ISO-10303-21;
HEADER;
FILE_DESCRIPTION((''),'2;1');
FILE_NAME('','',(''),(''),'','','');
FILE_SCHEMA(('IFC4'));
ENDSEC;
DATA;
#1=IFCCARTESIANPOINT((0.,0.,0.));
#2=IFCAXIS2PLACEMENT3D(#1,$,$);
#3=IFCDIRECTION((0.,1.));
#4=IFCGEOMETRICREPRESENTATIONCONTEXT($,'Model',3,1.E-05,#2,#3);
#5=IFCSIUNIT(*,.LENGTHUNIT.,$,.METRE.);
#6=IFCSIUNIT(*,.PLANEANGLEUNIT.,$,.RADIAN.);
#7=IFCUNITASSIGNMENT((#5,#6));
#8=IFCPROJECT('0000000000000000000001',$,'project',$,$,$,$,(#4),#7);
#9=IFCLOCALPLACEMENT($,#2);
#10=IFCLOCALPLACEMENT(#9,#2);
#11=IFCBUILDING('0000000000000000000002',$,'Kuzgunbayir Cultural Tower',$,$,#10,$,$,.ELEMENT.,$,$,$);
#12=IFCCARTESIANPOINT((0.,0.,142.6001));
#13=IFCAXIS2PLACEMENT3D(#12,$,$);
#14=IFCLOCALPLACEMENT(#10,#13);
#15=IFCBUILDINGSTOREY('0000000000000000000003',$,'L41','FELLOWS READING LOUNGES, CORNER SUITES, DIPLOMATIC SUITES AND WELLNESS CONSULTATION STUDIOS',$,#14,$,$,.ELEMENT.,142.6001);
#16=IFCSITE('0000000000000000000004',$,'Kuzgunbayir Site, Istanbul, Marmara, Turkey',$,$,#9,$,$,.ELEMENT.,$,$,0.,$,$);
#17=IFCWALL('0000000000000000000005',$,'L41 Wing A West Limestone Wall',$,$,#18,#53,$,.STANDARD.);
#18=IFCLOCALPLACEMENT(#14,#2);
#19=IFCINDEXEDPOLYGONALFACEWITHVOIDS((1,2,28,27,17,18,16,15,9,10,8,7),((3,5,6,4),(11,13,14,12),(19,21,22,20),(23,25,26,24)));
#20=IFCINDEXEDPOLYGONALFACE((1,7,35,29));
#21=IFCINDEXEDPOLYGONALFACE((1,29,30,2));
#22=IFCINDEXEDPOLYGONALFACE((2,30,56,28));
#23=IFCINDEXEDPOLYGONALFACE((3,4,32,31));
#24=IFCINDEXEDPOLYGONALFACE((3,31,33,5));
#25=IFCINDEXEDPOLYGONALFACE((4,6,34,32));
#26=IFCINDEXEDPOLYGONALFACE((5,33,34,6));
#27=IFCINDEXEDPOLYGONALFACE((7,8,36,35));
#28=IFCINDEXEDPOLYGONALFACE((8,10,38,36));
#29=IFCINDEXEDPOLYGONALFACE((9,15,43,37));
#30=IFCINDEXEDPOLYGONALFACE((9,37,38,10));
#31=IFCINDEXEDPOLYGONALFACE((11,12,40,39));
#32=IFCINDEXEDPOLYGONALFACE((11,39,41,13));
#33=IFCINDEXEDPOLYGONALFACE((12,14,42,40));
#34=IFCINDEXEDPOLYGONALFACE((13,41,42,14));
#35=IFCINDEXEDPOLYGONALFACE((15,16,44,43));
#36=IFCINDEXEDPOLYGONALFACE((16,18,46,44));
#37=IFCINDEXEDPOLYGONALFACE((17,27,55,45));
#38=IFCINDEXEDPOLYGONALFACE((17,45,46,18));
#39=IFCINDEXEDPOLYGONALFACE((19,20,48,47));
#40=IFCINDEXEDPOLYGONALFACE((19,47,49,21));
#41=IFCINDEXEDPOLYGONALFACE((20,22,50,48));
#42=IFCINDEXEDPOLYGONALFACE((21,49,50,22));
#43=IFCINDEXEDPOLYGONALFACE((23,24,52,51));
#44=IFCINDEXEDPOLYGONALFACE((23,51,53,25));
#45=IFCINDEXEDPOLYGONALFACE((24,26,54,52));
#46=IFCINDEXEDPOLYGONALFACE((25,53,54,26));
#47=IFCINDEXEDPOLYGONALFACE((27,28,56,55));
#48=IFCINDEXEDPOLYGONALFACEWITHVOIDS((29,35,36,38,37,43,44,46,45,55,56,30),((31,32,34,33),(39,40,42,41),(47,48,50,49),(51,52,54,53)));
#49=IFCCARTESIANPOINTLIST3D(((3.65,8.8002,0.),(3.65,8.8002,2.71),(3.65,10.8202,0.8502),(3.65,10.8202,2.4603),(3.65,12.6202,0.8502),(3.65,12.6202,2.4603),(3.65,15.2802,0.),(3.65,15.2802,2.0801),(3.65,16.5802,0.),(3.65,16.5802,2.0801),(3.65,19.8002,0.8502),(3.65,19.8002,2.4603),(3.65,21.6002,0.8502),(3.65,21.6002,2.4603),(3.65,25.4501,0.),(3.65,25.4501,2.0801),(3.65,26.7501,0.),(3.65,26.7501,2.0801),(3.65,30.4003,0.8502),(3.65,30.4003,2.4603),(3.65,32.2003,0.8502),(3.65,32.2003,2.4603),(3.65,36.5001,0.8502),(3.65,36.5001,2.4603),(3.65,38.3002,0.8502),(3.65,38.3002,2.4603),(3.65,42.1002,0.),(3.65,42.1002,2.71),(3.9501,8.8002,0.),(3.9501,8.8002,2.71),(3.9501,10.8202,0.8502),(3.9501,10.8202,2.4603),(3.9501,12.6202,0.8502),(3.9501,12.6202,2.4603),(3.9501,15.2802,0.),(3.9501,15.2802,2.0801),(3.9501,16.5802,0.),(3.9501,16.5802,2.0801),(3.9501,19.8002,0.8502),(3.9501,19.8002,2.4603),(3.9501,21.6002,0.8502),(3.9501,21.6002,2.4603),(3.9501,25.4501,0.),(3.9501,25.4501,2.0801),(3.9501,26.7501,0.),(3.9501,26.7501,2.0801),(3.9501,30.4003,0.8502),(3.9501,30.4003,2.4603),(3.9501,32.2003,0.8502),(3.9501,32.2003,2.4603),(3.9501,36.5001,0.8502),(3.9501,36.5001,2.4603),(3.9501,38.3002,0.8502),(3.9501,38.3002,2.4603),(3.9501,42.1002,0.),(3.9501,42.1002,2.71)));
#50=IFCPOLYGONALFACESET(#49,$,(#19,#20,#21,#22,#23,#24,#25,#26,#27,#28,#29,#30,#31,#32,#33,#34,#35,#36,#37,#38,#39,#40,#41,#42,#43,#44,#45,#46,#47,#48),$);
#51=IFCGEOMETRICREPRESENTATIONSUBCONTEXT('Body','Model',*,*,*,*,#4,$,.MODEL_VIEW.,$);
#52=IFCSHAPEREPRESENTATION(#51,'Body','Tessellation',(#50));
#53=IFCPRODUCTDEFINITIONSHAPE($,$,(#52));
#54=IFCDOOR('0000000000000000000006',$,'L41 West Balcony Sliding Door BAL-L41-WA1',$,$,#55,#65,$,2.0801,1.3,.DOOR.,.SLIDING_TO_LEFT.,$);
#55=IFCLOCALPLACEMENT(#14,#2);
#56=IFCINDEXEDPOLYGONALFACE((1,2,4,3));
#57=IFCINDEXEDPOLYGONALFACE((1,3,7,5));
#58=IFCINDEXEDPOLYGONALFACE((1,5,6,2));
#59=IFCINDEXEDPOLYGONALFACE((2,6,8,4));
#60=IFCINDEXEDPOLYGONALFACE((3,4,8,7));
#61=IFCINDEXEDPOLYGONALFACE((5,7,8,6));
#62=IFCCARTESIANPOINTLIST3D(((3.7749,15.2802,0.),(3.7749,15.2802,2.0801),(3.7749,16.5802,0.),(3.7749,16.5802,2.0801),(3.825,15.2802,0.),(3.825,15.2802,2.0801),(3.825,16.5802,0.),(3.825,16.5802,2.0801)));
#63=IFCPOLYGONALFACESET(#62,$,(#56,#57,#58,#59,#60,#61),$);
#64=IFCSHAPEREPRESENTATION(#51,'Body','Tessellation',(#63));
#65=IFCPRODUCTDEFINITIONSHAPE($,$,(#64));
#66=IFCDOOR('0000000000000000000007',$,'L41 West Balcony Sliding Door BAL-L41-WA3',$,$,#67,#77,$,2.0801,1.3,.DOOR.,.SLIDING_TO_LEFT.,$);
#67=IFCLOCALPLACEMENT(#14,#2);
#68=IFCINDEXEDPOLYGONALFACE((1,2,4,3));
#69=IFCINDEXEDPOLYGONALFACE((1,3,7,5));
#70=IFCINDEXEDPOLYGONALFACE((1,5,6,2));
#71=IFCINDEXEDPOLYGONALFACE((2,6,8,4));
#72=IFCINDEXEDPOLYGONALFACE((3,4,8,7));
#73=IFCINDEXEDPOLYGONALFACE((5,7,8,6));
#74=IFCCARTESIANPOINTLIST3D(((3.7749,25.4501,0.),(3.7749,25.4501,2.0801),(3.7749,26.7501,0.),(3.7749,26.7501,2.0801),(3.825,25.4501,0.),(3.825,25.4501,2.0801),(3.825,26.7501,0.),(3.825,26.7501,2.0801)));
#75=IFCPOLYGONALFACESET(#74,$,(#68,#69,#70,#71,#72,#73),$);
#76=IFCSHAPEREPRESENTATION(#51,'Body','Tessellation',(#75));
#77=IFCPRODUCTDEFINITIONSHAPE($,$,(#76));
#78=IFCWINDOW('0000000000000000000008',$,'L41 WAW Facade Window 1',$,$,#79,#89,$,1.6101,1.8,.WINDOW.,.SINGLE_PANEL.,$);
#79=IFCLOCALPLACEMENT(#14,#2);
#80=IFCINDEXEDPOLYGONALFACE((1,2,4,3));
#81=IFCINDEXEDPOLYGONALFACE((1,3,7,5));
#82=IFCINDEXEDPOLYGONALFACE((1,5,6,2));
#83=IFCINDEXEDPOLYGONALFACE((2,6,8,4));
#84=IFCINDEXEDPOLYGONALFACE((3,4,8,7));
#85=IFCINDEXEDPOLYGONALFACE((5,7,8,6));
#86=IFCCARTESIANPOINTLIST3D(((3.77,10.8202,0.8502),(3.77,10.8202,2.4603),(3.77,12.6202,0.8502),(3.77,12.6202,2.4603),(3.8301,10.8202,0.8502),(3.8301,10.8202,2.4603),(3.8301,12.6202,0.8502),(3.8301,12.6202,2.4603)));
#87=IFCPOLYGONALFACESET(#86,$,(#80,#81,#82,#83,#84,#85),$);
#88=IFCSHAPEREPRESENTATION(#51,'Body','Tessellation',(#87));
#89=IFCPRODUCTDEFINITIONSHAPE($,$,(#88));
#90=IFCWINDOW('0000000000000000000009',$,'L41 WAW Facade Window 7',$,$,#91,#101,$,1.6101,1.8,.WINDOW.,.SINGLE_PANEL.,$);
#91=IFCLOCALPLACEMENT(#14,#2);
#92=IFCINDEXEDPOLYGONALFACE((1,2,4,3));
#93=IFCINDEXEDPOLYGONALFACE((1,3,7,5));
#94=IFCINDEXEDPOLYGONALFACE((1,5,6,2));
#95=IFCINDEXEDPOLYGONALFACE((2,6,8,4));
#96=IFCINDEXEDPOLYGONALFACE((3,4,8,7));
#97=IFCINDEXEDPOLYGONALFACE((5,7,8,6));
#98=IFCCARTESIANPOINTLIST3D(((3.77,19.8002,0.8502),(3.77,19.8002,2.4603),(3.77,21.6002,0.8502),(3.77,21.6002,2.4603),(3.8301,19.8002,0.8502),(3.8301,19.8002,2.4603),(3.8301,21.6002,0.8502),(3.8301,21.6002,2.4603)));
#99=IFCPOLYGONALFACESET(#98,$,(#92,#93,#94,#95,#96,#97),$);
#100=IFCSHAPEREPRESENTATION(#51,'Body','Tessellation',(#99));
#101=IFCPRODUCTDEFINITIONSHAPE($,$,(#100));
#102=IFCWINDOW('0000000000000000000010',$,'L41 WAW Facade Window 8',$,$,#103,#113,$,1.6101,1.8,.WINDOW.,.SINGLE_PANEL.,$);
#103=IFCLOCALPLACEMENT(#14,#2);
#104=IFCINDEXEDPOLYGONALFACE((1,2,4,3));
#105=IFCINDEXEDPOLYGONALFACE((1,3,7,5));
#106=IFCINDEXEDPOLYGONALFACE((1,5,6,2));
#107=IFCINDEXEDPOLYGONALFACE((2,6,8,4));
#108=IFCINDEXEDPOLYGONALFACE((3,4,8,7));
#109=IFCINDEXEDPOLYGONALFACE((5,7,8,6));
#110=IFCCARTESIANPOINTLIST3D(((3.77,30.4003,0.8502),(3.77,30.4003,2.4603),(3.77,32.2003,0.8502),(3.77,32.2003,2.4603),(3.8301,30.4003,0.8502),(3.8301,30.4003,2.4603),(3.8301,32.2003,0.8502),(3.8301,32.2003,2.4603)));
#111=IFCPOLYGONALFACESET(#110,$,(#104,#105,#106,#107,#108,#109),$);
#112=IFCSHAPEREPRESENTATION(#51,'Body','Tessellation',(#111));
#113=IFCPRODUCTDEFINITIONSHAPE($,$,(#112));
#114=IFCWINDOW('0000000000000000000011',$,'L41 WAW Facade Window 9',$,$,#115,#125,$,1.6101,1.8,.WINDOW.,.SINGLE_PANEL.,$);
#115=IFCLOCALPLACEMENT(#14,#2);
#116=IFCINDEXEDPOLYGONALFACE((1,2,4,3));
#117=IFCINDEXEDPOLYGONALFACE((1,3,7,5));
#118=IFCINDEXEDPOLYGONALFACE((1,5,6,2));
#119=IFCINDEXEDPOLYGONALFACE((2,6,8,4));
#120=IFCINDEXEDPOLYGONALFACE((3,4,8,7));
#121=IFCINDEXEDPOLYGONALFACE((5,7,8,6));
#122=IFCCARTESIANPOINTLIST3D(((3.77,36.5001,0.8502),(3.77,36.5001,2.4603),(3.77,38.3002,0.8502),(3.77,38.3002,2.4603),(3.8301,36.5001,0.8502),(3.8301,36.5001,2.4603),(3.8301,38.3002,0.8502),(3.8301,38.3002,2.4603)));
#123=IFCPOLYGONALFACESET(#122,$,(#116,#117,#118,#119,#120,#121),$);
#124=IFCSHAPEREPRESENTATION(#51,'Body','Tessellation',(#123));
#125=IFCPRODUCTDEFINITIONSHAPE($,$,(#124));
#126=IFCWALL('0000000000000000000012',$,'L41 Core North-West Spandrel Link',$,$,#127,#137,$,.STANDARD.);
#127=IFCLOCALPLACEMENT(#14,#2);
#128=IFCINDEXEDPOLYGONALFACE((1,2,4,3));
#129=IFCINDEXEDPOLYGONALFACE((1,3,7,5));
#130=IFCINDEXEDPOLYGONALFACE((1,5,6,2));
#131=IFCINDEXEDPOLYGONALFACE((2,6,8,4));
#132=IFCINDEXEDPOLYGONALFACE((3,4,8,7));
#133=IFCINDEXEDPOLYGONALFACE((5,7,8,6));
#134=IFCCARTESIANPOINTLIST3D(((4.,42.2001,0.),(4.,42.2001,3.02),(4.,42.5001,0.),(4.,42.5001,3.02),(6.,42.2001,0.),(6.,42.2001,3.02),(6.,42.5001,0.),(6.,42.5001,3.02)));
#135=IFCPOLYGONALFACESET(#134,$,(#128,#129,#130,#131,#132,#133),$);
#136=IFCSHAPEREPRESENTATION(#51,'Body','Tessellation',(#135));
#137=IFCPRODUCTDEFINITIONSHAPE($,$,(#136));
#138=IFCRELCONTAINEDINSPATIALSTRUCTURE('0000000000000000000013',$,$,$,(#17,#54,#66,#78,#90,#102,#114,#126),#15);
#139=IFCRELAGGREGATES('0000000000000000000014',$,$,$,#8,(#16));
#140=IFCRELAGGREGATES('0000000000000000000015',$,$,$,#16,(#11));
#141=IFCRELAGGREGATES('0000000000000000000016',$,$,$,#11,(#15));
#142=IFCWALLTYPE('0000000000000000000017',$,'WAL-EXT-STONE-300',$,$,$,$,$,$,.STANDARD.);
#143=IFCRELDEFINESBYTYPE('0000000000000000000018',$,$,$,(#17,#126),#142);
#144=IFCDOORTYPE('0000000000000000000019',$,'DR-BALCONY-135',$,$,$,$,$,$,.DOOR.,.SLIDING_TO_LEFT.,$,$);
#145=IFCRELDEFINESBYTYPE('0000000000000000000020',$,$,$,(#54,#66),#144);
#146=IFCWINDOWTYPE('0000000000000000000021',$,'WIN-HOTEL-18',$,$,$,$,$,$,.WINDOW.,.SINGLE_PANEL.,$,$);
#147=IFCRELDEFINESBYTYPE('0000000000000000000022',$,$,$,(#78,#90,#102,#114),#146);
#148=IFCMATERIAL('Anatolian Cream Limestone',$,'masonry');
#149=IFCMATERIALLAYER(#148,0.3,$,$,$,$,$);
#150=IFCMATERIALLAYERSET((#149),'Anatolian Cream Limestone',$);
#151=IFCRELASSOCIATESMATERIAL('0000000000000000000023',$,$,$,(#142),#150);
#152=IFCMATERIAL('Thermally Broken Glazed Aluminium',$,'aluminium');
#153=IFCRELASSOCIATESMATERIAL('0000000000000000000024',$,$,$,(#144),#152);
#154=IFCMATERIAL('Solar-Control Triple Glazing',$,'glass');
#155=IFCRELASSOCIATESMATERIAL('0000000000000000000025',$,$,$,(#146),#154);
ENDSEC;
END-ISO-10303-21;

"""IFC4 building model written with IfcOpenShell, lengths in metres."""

from ifc_helpers import new_model, si_unit, direction, frame, frame_2d, origin, place, context, subcontext, project, spatial, rectangle, extrude, material, layer, layer_set, type_object, element, fill, save


model = new_model("IFC4")

# Units and contexts
model_context = context("Model", 3, precision=1e-05, world=origin(), true_north=direction((0.0, 1.0)))
body_context = subcontext(model_context, "Body", "Model", "MODEL_VIEW")
ifc_project = project(units=[si_unit("LENGTHUNIT", "METRE"), si_unit("PLANEANGLEUNIT", "RADIAN")], contexts=[model_context])

# Site, building, storey
site_placement = place(None, origin())
site = spatial("IfcSite", under=ifc_project, at=site_placement, Name="Kuzgunbayir Site, Istanbul, Marmara, Turkey", CompositionType="ELEMENT", RefElevation=0.0)
building_placement = place(site_placement, origin())
building = spatial("IfcBuilding", under=site, at=building_placement, Name="Kuzgunbayir Cultural Tower", CompositionType="ELEMENT")
storey_placement = place(building_placement, frame((0.0, 0.0, 142.6001)))
storey = spatial("IfcBuildingStorey", under=building, at=storey_placement, Name="L41", Description="FELLOWS READING LOUNGES, CORNER SUITES, DIPLOMATIC SUITES AND WELLNESS CONSULTATION STUDIOS", CompositionType="ELEMENT", Elevation=142.6001)

# Wall, openings, doors, windows
ifc_material_1 = material(Name="Anatolian Cream Limestone", Category="masonry")
ifc_layer_1 = layer(ifc_material_1, 0.3)
ifc_layer_set_1 = layer_set([ifc_layer_1], Name="Anatolian Cream Limestone")
wall_type_1 = type_object("IfcWallType", Name="WAL-EXT-STONE-300", PredefinedType="STANDARD", material=ifc_layer_set_1)
wall_1_placement = place(storey_placement, frame((3.8, 42.1001, 0.0), z_axis=(0.0, 0.0, 1.0), x_axis=(0.0, -1.0, 0.0)))
wall_1 = element("IfcWall", 1, at=wall_1_placement, inside=storey, type_object=wall_type_1, Name="L41 Wing A West Limestone Wall", PredefinedType="STANDARD", context=body_context, shape_type="SweptSolid", body=[
    extrude(rectangle(XDim=33.3, YDim=0.3, at=frame_2d((16.6499, 0.0))), origin(), (0.0, 0.0, 1.0), 2.71),
])
opening_1_placement = place(wall_1_placement, frame((25.52, 0.0, 0.0)))
opening_1 = element("IfcOpeningElement", 2, at=opening_1_placement, cuts=wall_1, PredefinedType="OPENING", context=body_context, shape_type="SweptSolid", body=[
    extrude(rectangle(XDim=1.3, YDim=2.0801, at=frame_2d((0.6499, 1.04))), frame((0.0, 0.1602, 0.0), z_axis=(0.0, -1.0, 0.0), x_axis=(1.0, 0.0, 0.0)), (0.0, 0.0, 1.0), 0.3201),
])
opening_2_placement = place(wall_1_placement, frame((15.3501, 0.0, 0.0)))
opening_2 = element("IfcOpeningElement", 3, at=opening_2_placement, cuts=wall_1, PredefinedType="OPENING", context=body_context, shape_type="SweptSolid", body=[
    extrude(rectangle(XDim=1.3, YDim=2.0801, at=frame_2d((0.6499, 1.04))), frame((0.0, 0.1602, 0.0), z_axis=(0.0, -1.0, 0.0), x_axis=(1.0, 0.0, 0.0)), (0.0, 0.0, 1.0), 0.3201),
])
opening_3_placement = place(wall_1_placement, frame((29.48, 0.0, 0.8501)))
opening_3 = element("IfcOpeningElement", 4, at=opening_3_placement, cuts=wall_1, PredefinedType="OPENING", context=body_context, shape_type="SweptSolid", body=[
    extrude(rectangle(XDim=1.8, YDim=1.6101, at=frame_2d((0.8999, 0.8052))), frame((0.0, 0.1602, 0.0), z_axis=(0.0, -1.0, 0.0), x_axis=(1.0, 0.0, 0.0)), (0.0, 0.0, 1.0), 0.3201),
])
opening_4_placement = place(wall_1_placement, frame((20.5, 0.0, 0.8501)))
opening_4 = element("IfcOpeningElement", 5, at=opening_4_placement, cuts=wall_1, PredefinedType="OPENING", context=body_context, shape_type="SweptSolid", body=[
    extrude(rectangle(XDim=1.8, YDim=1.6101, at=frame_2d((0.8999, 0.8052))), frame((0.0, 0.1602, 0.0), z_axis=(0.0, -1.0, 0.0), x_axis=(1.0, 0.0, 0.0)), (0.0, 0.0, 1.0), 0.3201),
])
opening_5_placement = place(wall_1_placement, frame((9.8999, 0.0, 0.8501)))
opening_5 = element("IfcOpeningElement", 6, at=opening_5_placement, cuts=wall_1, PredefinedType="OPENING", context=body_context, shape_type="SweptSolid", body=[
    extrude(rectangle(XDim=1.8, YDim=1.6101, at=frame_2d((0.8999, 0.8052))), frame((0.0, 0.1602, 0.0), z_axis=(0.0, -1.0, 0.0), x_axis=(1.0, 0.0, 0.0)), (0.0, 0.0, 1.0), 0.3201),
])
opening_6_placement = place(wall_1_placement, frame((3.8, 0.0, 0.8501)))
opening_6 = element("IfcOpeningElement", 7, at=opening_6_placement, cuts=wall_1, PredefinedType="OPENING", context=body_context, shape_type="SweptSolid", body=[
    extrude(rectangle(XDim=1.8, YDim=1.6101, at=frame_2d((0.8999, 0.8052))), frame((0.0, 0.1602, 0.0), z_axis=(0.0, -1.0, 0.0), x_axis=(1.0, 0.0, 0.0)), (0.0, 0.0, 1.0), 0.3201),
])
ifc_material_2 = material(Name="Thermally Broken Glazed Aluminium", Category="aluminium")
door_type = type_object("IfcDoorType", Name="DR-BALCONY-135", OperationType="SLIDING_TO_LEFT", PredefinedType="DOOR", material=ifc_material_2)
door_1_placement = place(opening_1_placement, origin())
door_1 = element("IfcDoor", 8, at=door_1_placement, inside=storey, type_object=door_type, Name="L41 West Balcony Sliding Door BAL-L41-WA1", OperationType="SLIDING_TO_LEFT", OverallHeight=2.0801, OverallWidth=1.3, PredefinedType="DOOR", context=body_context, shape_type="SweptSolid", body=[
    extrude(rectangle(XDim=1.3, YDim=2.0801, at=frame_2d((0.6499, 1.04))), frame((0.0, 0.0249, 0.0), z_axis=(0.0, -1.0, 0.0), x_axis=(1.0, 0.0, 0.0)), (0.0, 0.0, 1.0), 0.05),
])
fill(opening_1, door_1)
door_2_placement = place(opening_2_placement, origin())
door_2 = element("IfcDoor", 9, at=door_2_placement, inside=storey, type_object=door_type, Name="L41 West Balcony Sliding Door BAL-L41-WA3", OperationType="SLIDING_TO_LEFT", OverallHeight=2.0801, OverallWidth=1.3, PredefinedType="DOOR", context=body_context, shape_type="SweptSolid", body=[
    extrude(rectangle(XDim=1.3, YDim=2.0801, at=frame_2d((0.6499, 1.04))), frame((0.0, 0.0249, 0.0), z_axis=(0.0, -1.0, 0.0), x_axis=(1.0, 0.0, 0.0)), (0.0, 0.0, 1.0), 0.05),
])
fill(opening_2, door_2)
ifc_material_3 = material(Name="Solar-Control Triple Glazing", Category="glass")
window_type = type_object("IfcWindowType", Name="WIN-HOTEL-18", PartitioningType="SINGLE_PANEL", PredefinedType="WINDOW", material=ifc_material_3)
window_1_placement = place(opening_3_placement, origin())
window_1 = element("IfcWindow", 10, at=window_1_placement, inside=storey, type_object=window_type, Name="L41 WAW Facade Window 1", OverallHeight=1.6101, OverallWidth=1.8, PartitioningType="SINGLE_PANEL", PredefinedType="WINDOW", context=body_context, shape_type="SweptSolid", body=[
    extrude(rectangle(XDim=1.8, YDim=1.6101, at=frame_2d((0.8999, 0.8052))), frame((0.0, 0.03, 0.0), z_axis=(0.0, -1.0, 0.0), x_axis=(1.0, 0.0, 0.0)), (0.0, 0.0, 1.0), 0.0601),
])
fill(opening_3, window_1)
window_2_placement = place(opening_4_placement, origin())
window_2 = element("IfcWindow", 11, at=window_2_placement, inside=storey, type_object=window_type, Name="L41 WAW Facade Window 7", OverallHeight=1.6101, OverallWidth=1.8, PartitioningType="SINGLE_PANEL", PredefinedType="WINDOW", context=body_context, shape_type="SweptSolid", body=[
    extrude(rectangle(XDim=1.8, YDim=1.6101, at=frame_2d((0.8999, 0.8052))), frame((0.0, 0.03, 0.0), z_axis=(0.0, -1.0, 0.0), x_axis=(1.0, 0.0, 0.0)), (0.0, 0.0, 1.0), 0.0601),
])
fill(opening_4, window_2)
window_3_placement = place(opening_5_placement, origin())
window_3 = element("IfcWindow", 12, at=window_3_placement, inside=storey, type_object=window_type, Name="L41 WAW Facade Window 8", OverallHeight=1.6101, OverallWidth=1.8, PartitioningType="SINGLE_PANEL", PredefinedType="WINDOW", context=body_context, shape_type="SweptSolid", body=[
    extrude(rectangle(XDim=1.8, YDim=1.6101, at=frame_2d((0.8999, 0.8052))), frame((0.0, 0.03, 0.0), z_axis=(0.0, -1.0, 0.0), x_axis=(1.0, 0.0, 0.0)), (0.0, 0.0, 1.0), 0.0601),
])
fill(opening_5, window_3)
window_4_placement = place(opening_6_placement, origin())
window_4 = element("IfcWindow", 13, at=window_4_placement, inside=storey, type_object=window_type, Name="L41 WAW Facade Window 9", OverallHeight=1.6101, OverallWidth=1.8, PartitioningType="SINGLE_PANEL", PredefinedType="WINDOW", context=body_context, shape_type="SweptSolid", body=[
    extrude(rectangle(XDim=1.8, YDim=1.6101, at=frame_2d((0.8999, 0.8052))), frame((0.0, 0.03, 0.0), z_axis=(0.0, -1.0, 0.0), x_axis=(1.0, 0.0, 0.0)), (0.0, 0.0, 1.0), 0.0601),
])
fill(opening_6, window_4)

# Wall
wall_2_placement = place(storey_placement, frame((6.0, 42.3501, 0.0), z_axis=(0.0, 0.0, 1.0), x_axis=(-1.0, 0.0, 0.0)))
element("IfcWall", 14, at=wall_2_placement, inside=storey, type_object=wall_type_1, Name="L41 Core North-West Spandrel Link", PredefinedType="STANDARD", context=body_context, shape_type="SweptSolid", body=[
    extrude(rectangle(XDim=2.0, YDim=0.3, at=frame_2d((1.0, 0.0))), origin(), (0.0, 0.0, 1.0), 3.02),
])

save(model, "model.ifc")
